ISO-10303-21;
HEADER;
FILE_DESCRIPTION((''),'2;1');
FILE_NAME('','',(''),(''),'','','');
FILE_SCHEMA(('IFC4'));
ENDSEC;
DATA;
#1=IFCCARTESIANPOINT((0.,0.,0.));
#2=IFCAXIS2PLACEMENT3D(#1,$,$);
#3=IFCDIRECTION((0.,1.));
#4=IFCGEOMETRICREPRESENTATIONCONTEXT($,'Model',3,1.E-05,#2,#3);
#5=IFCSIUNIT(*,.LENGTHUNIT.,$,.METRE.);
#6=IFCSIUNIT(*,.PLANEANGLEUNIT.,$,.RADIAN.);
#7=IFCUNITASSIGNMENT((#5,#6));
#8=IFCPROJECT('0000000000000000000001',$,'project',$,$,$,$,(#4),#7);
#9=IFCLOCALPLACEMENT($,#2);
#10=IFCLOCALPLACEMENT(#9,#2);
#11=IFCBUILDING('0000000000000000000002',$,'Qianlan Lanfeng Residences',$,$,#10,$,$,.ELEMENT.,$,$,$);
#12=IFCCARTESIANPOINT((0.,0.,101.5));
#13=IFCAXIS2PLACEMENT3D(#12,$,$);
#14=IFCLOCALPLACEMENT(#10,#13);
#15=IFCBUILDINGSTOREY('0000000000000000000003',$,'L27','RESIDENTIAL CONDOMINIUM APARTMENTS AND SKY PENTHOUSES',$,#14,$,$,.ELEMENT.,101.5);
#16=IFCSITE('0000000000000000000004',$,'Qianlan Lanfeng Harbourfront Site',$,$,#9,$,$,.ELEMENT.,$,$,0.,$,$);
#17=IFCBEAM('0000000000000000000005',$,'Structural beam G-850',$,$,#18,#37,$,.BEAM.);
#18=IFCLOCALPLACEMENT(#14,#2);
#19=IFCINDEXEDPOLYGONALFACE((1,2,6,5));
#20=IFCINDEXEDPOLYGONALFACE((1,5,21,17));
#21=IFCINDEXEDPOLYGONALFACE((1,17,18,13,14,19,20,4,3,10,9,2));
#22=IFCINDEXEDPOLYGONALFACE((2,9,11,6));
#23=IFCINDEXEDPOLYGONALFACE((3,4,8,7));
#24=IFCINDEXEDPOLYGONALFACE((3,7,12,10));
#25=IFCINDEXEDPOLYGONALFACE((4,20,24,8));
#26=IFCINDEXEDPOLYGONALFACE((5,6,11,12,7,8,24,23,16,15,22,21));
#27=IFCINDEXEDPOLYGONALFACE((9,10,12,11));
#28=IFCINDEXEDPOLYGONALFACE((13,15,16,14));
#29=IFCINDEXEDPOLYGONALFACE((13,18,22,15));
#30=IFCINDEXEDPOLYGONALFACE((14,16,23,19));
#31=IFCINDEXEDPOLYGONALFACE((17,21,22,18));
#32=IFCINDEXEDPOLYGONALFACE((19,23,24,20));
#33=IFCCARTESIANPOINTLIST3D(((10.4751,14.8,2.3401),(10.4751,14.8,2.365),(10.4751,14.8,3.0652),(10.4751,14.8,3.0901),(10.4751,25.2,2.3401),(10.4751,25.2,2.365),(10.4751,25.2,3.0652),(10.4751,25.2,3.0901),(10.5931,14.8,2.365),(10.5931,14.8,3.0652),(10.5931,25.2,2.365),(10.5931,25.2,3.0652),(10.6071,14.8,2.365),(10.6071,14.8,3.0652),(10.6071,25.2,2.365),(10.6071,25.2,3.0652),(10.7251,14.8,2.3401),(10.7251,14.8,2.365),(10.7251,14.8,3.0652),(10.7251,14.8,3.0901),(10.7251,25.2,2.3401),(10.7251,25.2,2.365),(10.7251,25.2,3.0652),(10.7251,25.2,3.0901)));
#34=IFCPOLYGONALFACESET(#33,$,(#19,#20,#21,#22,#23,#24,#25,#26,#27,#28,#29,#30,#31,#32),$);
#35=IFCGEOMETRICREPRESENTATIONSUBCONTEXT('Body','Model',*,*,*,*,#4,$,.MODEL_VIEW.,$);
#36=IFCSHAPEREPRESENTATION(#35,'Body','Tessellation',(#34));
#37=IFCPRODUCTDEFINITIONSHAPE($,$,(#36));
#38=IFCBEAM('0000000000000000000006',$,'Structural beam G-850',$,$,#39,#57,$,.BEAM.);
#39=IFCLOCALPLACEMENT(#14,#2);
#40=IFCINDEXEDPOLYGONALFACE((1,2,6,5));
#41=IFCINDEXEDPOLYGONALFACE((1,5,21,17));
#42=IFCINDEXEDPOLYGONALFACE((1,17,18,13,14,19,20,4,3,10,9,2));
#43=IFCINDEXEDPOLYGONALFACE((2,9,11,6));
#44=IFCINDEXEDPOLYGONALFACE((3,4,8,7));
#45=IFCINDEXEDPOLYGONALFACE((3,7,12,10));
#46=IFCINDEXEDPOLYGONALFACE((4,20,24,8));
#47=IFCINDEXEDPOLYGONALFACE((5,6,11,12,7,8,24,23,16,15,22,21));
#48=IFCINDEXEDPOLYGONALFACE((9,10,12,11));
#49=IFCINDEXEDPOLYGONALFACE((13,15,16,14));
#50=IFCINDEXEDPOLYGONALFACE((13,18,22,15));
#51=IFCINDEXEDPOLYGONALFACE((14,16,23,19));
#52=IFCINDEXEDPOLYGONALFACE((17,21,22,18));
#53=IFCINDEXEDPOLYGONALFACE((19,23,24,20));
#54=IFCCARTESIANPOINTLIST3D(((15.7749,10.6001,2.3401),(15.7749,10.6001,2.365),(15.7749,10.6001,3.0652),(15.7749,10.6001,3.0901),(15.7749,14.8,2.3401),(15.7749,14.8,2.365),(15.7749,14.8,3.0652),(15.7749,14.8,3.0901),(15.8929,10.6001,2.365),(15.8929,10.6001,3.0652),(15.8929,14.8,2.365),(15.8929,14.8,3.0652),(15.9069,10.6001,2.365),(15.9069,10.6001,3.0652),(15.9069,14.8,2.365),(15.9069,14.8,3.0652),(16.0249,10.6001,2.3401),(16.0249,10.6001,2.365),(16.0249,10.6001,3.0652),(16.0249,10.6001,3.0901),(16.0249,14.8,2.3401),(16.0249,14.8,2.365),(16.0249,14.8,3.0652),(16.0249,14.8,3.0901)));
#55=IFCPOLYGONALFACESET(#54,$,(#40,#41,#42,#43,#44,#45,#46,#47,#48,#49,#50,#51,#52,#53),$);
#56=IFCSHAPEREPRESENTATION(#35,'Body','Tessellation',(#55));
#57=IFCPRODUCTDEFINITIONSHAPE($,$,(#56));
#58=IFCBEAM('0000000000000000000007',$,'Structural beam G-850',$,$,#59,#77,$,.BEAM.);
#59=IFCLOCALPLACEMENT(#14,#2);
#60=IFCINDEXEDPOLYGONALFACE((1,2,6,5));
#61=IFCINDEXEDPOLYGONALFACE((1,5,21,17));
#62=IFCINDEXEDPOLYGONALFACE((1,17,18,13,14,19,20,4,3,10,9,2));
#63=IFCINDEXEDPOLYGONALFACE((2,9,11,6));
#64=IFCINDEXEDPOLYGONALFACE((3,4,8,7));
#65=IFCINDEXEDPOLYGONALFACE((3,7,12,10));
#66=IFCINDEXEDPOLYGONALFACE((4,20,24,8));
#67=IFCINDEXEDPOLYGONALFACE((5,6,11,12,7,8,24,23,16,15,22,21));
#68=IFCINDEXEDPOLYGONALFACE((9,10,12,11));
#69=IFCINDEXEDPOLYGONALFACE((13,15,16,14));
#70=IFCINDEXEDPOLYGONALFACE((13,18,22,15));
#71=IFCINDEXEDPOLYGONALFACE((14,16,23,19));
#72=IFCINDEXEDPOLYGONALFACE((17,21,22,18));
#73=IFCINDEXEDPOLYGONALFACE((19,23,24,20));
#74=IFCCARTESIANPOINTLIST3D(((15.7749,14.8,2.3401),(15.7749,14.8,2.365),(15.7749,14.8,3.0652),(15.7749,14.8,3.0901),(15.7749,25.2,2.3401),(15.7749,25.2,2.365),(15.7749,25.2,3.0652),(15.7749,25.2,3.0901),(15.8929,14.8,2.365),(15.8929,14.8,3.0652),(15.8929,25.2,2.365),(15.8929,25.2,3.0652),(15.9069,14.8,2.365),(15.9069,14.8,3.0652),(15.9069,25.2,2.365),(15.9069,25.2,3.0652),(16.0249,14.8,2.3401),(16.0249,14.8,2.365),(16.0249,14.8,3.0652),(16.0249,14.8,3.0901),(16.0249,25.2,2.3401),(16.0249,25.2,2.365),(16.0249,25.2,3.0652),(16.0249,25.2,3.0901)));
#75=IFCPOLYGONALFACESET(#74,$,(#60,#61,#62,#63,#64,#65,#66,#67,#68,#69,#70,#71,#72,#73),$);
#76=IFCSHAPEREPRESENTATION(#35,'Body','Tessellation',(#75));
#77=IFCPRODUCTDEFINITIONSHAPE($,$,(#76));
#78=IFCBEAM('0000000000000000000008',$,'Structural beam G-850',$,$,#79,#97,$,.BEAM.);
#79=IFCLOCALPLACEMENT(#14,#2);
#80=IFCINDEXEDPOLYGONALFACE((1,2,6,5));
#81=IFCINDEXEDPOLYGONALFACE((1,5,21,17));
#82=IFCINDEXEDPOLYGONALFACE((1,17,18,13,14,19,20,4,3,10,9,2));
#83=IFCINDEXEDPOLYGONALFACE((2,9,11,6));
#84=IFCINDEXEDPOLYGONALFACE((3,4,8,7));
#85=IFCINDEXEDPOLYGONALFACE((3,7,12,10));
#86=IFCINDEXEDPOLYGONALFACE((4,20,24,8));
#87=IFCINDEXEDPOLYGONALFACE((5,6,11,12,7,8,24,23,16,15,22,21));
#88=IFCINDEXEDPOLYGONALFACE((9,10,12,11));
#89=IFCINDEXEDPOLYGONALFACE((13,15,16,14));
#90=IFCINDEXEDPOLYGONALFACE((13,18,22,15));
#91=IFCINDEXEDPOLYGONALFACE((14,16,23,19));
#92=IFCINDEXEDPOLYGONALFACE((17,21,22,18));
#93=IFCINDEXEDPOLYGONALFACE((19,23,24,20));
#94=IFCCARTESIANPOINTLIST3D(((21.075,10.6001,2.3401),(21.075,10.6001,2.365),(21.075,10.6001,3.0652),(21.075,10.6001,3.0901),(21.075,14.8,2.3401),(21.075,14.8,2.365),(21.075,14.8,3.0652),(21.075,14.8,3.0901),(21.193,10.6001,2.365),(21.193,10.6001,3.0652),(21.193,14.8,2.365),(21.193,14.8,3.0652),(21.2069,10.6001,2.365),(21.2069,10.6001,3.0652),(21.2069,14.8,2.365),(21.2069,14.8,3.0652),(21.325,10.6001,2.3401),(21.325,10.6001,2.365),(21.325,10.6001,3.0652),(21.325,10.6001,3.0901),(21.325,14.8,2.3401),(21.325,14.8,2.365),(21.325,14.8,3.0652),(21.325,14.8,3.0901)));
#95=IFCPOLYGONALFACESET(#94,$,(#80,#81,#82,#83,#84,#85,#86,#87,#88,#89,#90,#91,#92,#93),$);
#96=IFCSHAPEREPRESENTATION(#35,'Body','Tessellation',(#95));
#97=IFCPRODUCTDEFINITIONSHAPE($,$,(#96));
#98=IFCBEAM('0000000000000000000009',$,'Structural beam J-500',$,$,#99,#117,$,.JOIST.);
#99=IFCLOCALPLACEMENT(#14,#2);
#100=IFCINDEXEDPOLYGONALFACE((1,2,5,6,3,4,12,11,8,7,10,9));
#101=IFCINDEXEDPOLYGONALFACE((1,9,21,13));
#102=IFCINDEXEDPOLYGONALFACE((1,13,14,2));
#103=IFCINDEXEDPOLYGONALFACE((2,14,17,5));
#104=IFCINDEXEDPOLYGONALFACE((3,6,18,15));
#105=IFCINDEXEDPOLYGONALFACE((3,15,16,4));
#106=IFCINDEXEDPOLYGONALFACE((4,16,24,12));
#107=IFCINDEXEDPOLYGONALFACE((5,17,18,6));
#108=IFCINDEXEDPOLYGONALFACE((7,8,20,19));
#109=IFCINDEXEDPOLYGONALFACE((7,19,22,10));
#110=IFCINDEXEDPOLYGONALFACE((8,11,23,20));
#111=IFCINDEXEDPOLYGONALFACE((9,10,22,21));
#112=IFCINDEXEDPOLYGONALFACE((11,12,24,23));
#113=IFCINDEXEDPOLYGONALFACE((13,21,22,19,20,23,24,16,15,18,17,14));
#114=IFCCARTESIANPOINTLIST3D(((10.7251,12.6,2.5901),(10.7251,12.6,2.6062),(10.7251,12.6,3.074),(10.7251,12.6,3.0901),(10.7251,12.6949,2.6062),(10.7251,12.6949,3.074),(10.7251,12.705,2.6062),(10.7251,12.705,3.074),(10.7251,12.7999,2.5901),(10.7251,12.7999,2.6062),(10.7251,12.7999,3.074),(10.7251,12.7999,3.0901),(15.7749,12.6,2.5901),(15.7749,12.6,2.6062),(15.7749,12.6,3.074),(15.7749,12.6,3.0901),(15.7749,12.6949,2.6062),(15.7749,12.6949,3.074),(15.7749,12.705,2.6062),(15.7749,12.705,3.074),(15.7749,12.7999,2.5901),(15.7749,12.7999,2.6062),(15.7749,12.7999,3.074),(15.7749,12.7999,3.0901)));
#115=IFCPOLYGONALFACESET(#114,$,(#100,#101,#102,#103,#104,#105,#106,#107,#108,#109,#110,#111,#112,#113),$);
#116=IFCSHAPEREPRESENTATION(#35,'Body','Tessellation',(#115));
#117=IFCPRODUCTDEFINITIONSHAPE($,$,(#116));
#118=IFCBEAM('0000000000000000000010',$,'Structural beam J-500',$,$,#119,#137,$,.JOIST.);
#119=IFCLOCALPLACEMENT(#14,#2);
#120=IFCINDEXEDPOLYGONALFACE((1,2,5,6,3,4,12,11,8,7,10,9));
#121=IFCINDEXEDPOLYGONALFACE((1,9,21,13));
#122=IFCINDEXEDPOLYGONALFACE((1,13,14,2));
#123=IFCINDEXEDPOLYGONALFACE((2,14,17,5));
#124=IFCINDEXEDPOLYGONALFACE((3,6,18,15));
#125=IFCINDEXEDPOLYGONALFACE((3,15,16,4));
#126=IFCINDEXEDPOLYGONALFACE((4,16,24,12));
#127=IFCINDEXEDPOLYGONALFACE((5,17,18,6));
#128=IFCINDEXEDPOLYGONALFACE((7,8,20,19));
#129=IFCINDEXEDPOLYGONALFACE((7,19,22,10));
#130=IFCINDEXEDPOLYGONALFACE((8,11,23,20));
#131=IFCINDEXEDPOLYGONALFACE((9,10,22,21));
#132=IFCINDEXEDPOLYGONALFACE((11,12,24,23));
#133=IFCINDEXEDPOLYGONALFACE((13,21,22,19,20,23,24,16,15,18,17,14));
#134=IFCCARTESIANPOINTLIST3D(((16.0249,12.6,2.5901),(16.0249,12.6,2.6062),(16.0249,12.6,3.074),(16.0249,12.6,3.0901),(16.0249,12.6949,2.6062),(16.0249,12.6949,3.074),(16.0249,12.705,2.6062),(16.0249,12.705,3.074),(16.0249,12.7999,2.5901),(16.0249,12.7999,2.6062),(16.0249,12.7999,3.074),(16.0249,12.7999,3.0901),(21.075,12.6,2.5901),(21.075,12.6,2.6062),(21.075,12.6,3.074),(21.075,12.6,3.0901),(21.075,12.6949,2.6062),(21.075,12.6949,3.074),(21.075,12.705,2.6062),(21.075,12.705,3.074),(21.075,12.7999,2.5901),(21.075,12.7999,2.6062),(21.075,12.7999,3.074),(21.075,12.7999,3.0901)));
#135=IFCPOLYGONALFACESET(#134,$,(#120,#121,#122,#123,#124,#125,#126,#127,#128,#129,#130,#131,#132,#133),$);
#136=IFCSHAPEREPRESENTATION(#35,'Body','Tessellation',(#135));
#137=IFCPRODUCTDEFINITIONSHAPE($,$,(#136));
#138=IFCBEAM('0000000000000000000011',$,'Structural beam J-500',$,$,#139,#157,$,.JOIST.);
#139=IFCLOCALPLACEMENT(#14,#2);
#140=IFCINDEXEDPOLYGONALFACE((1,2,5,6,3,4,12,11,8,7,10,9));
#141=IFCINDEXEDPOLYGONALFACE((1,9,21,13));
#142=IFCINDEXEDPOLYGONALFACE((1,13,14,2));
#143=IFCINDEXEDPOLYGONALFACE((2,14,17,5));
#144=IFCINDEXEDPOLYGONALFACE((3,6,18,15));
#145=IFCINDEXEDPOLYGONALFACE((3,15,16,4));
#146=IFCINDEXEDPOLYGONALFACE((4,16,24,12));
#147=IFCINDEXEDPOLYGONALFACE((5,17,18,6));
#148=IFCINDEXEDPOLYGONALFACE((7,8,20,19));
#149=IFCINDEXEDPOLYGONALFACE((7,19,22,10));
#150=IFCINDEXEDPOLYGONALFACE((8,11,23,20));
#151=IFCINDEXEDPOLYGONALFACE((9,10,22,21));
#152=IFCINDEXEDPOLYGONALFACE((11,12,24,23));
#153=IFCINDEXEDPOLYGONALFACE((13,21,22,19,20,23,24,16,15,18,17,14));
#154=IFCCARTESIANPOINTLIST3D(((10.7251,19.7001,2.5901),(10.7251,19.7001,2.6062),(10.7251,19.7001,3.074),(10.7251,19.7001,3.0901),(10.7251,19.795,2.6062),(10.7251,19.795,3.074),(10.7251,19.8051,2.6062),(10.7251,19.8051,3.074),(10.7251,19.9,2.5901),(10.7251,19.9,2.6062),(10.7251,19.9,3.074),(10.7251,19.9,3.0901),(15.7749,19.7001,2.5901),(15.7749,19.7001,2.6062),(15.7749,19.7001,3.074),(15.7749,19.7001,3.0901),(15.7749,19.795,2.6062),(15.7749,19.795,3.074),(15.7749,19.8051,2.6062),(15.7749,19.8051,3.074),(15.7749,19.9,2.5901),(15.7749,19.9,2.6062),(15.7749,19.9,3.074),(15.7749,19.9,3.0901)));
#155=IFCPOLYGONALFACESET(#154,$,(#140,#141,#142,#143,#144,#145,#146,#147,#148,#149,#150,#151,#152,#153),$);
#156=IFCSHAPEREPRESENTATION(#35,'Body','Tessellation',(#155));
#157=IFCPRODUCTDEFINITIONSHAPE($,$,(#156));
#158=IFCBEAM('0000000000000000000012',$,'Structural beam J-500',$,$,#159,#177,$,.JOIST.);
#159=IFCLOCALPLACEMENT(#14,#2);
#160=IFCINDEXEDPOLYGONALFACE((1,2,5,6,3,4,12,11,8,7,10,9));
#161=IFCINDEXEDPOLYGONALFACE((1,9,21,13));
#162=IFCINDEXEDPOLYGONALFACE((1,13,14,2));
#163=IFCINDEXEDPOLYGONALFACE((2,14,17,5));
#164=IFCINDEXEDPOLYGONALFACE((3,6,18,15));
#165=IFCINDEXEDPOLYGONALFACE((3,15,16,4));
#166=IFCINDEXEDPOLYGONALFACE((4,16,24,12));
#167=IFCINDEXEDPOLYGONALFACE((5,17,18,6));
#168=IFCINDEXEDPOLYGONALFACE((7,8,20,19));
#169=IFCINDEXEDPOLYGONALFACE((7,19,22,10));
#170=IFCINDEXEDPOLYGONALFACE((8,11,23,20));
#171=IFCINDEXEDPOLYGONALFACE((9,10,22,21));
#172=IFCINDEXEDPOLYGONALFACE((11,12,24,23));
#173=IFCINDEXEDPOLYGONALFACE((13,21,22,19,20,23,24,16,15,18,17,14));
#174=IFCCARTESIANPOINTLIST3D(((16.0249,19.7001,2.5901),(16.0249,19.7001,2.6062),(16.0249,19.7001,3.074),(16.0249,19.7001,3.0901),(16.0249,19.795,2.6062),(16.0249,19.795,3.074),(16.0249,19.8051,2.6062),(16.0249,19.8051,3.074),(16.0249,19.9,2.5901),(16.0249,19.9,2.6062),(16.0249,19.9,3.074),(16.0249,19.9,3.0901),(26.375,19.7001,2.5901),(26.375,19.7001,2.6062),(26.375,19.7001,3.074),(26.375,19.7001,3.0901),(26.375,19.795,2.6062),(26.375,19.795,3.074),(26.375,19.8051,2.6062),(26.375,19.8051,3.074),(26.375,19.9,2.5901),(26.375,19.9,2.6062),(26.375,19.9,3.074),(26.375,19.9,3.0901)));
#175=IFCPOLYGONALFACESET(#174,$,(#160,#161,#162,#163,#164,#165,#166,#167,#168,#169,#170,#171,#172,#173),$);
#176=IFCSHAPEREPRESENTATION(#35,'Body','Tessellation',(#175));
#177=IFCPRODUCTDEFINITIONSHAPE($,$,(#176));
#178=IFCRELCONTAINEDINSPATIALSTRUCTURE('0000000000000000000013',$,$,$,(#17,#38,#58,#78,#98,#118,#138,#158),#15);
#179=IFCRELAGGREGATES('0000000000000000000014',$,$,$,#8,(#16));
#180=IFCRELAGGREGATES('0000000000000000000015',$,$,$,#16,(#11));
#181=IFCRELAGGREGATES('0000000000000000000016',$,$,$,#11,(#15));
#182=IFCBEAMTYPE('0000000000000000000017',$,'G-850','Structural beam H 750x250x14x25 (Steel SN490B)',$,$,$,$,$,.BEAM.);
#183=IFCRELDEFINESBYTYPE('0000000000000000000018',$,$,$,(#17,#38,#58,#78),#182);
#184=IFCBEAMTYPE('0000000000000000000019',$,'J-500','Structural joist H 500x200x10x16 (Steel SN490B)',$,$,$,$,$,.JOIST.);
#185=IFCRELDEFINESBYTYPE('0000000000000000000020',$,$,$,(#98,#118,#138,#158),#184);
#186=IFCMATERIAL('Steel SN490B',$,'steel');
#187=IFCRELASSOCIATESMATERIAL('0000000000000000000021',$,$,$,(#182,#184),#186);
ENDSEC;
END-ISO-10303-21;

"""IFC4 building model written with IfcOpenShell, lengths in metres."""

from ifc_helpers import new_model, si_unit, direction, frame, origin, origin_2d, place, context, subcontext, project, spatial, i_section, extrude, material, material_profile, profile_set, type_object, element, save


model = new_model("IFC4")

# Units and contexts
model_context = context("Model", 3, precision=1e-05, world=origin(), true_north=direction((0.0, 1.0)))
body_context = subcontext(model_context, "Body", "Model", "MODEL_VIEW")
ifc_project = project(units=[si_unit("LENGTHUNIT", "METRE"), si_unit("PLANEANGLEUNIT", "RADIAN")], contexts=[model_context])

# Site, building, storey
site_placement = place(None, origin())
site = spatial("IfcSite", under=ifc_project, at=site_placement, Name="Qianlan Lanfeng Harbourfront Site", CompositionType="ELEMENT", RefElevation=0.0)
building_placement = place(site_placement, origin())
building = spatial("IfcBuilding", under=site, at=building_placement, Name="Qianlan Lanfeng Residences", CompositionType="ELEMENT")
storey_placement = place(building_placement, frame((0.0, 0.0, 101.5)))
storey = spatial("IfcBuildingStorey", under=building, at=storey_placement, Name="L27", Description="RESIDENTIAL CONDOMINIUM APARTMENTS AND SKY PENTHOUSES", CompositionType="ELEMENT", Elevation=101.5)

# Shared definitions
ifc_material_1 = material(Name="Steel SN490B", Category="steel")

# Beams
ifc_material_profile_1 = material_profile(ifc_material_1, i_section(OverallWidth=0.25, OverallDepth=0.75, WebThickness=0.0139, FlangeThickness=0.0249, at=origin_2d()), Name="H 750x250x14x25")
ifc_profile_set_1 = profile_set([ifc_material_profile_1], Name="Steel SN490B")
beam_type_1 = type_object("IfcBeamType", Name="G-850", Description="Structural beam H 750x250x14x25 (Steel SN490B)", PredefinedType="BEAM", material=ifc_profile_set_1)
beam_1_placement = place(storey_placement, frame((10.6001, 14.8, 2.7151), z_axis=(0.0, 1.0, 0.0), x_axis=(-1.0, 0.0, 0.0)))
element("IfcBeam", 1, at=beam_1_placement, inside=storey, type_object=beam_type_1, Name="Structural beam G-850", PredefinedType="BEAM", context=body_context, shape_type="SweptSolid", body=[
    extrude(i_section(OverallWidth=0.25, OverallDepth=0.75, WebThickness=0.0139, FlangeThickness=0.0249, at=origin_2d()), origin(), (0.0, 0.0, 1.0), 10.3999),
])
beam_2_placement = place(storey_placement, frame((15.8999, 10.6001, 2.7151), z_axis=(0.0, 1.0, 0.0), x_axis=(-1.0, 0.0, 0.0)))
element("IfcBeam", 2, at=beam_2_placement, inside=storey, type_object=beam_type_1, Name="Structural beam G-850", PredefinedType="BEAM", context=body_context, shape_type="SweptSolid", body=[
    extrude(i_section(OverallWidth=0.25, OverallDepth=0.75, WebThickness=0.0139, FlangeThickness=0.0249, at=origin_2d()), origin(), (0.0, 0.0, 1.0), 4.2),
])
beam_3_placement = place(storey_placement, frame((15.8999, 14.8, 2.7151), z_axis=(0.0, 1.0, 0.0), x_axis=(-1.0, 0.0, 0.0)))
element("IfcBeam", 3, at=beam_3_placement, inside=storey, type_object=beam_type_1, Name="Structural beam G-850", PredefinedType="BEAM", context=body_context, shape_type="SweptSolid", body=[
    extrude(i_section(OverallWidth=0.25, OverallDepth=0.75, WebThickness=0.0139, FlangeThickness=0.0249, at=origin_2d()), origin(), (0.0, 0.0, 1.0), 10.3999),
])
beam_4_placement = place(storey_placement, frame((21.2, 10.6001, 2.7151), z_axis=(0.0, 1.0, 0.0), x_axis=(-1.0, 0.0, 0.0)))
element("IfcBeam", 4, at=beam_4_placement, inside=storey, type_object=beam_type_1, Name="Structural beam G-850", PredefinedType="BEAM", context=body_context, shape_type="SweptSolid", body=[
    extrude(i_section(OverallWidth=0.25, OverallDepth=0.75, WebThickness=0.0139, FlangeThickness=0.0249, at=origin_2d()), origin(), (0.0, 0.0, 1.0), 4.2),
])
ifc_material_profile_2 = material_profile(ifc_material_1, i_section(OverallWidth=0.2, OverallDepth=0.5, WebThickness=0.01, FlangeThickness=0.0161, at=origin_2d()), Name="H 500x200x10x16")
ifc_profile_set_2 = profile_set([ifc_material_profile_2], Name="Steel SN490B")
beam_type_2 = type_object("IfcBeamType", Name="J-500", Description="Structural joist H 500x200x10x16 (Steel SN490B)", PredefinedType="JOIST", material=ifc_profile_set_2)
beam_5_placement = place(storey_placement, frame((10.7251, 12.7, 2.8401), z_axis=(1.0, 0.0, 0.0), x_axis=(0.0, 1.0, 0.0)))
element("IfcBeam", 5, at=beam_5_placement, inside=storey, type_object=beam_type_2, Name="Structural beam J-500", PredefinedType="JOIST", context=body_context, shape_type="SweptSolid", body=[
    extrude(i_section(OverallWidth=0.2, OverallDepth=0.5, WebThickness=0.01, FlangeThickness=0.0161, at=origin_2d()), origin(), (0.0, 0.0, 1.0), 5.0498),
])
beam_6_placement = place(storey_placement, frame((16.0249, 12.7, 2.8401), z_axis=(1.0, 0.0, 0.0), x_axis=(0.0, 1.0, 0.0)))
element("IfcBeam", 6, at=beam_6_placement, inside=storey, type_object=beam_type_2, Name="Structural beam J-500", PredefinedType="JOIST", context=body_context, shape_type="SweptSolid", body=[
    extrude(i_section(OverallWidth=0.2, OverallDepth=0.5, WebThickness=0.01, FlangeThickness=0.0161, at=origin_2d()), origin(), (0.0, 0.0, 1.0), 5.05),
])
beam_7_placement = place(storey_placement, frame((10.7251, 19.8, 2.8401), z_axis=(1.0, 0.0, 0.0), x_axis=(0.0, 1.0, 0.0)))
element("IfcBeam", 7, at=beam_7_placement, inside=storey, type_object=beam_type_2, Name="Structural beam J-500", PredefinedType="JOIST", context=body_context, shape_type="SweptSolid", body=[
    extrude(i_section(OverallWidth=0.2, OverallDepth=0.5, WebThickness=0.01, FlangeThickness=0.0161, at=origin_2d()), origin(), (0.0, 0.0, 1.0), 5.0498),
])
beam_8_placement = place(storey_placement, frame((16.0249, 19.8, 2.8401), z_axis=(1.0, 0.0, 0.0), x_axis=(0.0, 1.0, 0.0)))
element("IfcBeam", 8, at=beam_8_placement, inside=storey, type_object=beam_type_2, Name="Structural beam J-500", PredefinedType="JOIST", context=body_context, shape_type="SweptSolid", body=[
    extrude(i_section(OverallWidth=0.2, OverallDepth=0.5, WebThickness=0.01, FlangeThickness=0.0161, at=origin_2d()), origin(), (0.0, 0.0, 1.0), 10.3501),
])

save(model, "model.ifc")
